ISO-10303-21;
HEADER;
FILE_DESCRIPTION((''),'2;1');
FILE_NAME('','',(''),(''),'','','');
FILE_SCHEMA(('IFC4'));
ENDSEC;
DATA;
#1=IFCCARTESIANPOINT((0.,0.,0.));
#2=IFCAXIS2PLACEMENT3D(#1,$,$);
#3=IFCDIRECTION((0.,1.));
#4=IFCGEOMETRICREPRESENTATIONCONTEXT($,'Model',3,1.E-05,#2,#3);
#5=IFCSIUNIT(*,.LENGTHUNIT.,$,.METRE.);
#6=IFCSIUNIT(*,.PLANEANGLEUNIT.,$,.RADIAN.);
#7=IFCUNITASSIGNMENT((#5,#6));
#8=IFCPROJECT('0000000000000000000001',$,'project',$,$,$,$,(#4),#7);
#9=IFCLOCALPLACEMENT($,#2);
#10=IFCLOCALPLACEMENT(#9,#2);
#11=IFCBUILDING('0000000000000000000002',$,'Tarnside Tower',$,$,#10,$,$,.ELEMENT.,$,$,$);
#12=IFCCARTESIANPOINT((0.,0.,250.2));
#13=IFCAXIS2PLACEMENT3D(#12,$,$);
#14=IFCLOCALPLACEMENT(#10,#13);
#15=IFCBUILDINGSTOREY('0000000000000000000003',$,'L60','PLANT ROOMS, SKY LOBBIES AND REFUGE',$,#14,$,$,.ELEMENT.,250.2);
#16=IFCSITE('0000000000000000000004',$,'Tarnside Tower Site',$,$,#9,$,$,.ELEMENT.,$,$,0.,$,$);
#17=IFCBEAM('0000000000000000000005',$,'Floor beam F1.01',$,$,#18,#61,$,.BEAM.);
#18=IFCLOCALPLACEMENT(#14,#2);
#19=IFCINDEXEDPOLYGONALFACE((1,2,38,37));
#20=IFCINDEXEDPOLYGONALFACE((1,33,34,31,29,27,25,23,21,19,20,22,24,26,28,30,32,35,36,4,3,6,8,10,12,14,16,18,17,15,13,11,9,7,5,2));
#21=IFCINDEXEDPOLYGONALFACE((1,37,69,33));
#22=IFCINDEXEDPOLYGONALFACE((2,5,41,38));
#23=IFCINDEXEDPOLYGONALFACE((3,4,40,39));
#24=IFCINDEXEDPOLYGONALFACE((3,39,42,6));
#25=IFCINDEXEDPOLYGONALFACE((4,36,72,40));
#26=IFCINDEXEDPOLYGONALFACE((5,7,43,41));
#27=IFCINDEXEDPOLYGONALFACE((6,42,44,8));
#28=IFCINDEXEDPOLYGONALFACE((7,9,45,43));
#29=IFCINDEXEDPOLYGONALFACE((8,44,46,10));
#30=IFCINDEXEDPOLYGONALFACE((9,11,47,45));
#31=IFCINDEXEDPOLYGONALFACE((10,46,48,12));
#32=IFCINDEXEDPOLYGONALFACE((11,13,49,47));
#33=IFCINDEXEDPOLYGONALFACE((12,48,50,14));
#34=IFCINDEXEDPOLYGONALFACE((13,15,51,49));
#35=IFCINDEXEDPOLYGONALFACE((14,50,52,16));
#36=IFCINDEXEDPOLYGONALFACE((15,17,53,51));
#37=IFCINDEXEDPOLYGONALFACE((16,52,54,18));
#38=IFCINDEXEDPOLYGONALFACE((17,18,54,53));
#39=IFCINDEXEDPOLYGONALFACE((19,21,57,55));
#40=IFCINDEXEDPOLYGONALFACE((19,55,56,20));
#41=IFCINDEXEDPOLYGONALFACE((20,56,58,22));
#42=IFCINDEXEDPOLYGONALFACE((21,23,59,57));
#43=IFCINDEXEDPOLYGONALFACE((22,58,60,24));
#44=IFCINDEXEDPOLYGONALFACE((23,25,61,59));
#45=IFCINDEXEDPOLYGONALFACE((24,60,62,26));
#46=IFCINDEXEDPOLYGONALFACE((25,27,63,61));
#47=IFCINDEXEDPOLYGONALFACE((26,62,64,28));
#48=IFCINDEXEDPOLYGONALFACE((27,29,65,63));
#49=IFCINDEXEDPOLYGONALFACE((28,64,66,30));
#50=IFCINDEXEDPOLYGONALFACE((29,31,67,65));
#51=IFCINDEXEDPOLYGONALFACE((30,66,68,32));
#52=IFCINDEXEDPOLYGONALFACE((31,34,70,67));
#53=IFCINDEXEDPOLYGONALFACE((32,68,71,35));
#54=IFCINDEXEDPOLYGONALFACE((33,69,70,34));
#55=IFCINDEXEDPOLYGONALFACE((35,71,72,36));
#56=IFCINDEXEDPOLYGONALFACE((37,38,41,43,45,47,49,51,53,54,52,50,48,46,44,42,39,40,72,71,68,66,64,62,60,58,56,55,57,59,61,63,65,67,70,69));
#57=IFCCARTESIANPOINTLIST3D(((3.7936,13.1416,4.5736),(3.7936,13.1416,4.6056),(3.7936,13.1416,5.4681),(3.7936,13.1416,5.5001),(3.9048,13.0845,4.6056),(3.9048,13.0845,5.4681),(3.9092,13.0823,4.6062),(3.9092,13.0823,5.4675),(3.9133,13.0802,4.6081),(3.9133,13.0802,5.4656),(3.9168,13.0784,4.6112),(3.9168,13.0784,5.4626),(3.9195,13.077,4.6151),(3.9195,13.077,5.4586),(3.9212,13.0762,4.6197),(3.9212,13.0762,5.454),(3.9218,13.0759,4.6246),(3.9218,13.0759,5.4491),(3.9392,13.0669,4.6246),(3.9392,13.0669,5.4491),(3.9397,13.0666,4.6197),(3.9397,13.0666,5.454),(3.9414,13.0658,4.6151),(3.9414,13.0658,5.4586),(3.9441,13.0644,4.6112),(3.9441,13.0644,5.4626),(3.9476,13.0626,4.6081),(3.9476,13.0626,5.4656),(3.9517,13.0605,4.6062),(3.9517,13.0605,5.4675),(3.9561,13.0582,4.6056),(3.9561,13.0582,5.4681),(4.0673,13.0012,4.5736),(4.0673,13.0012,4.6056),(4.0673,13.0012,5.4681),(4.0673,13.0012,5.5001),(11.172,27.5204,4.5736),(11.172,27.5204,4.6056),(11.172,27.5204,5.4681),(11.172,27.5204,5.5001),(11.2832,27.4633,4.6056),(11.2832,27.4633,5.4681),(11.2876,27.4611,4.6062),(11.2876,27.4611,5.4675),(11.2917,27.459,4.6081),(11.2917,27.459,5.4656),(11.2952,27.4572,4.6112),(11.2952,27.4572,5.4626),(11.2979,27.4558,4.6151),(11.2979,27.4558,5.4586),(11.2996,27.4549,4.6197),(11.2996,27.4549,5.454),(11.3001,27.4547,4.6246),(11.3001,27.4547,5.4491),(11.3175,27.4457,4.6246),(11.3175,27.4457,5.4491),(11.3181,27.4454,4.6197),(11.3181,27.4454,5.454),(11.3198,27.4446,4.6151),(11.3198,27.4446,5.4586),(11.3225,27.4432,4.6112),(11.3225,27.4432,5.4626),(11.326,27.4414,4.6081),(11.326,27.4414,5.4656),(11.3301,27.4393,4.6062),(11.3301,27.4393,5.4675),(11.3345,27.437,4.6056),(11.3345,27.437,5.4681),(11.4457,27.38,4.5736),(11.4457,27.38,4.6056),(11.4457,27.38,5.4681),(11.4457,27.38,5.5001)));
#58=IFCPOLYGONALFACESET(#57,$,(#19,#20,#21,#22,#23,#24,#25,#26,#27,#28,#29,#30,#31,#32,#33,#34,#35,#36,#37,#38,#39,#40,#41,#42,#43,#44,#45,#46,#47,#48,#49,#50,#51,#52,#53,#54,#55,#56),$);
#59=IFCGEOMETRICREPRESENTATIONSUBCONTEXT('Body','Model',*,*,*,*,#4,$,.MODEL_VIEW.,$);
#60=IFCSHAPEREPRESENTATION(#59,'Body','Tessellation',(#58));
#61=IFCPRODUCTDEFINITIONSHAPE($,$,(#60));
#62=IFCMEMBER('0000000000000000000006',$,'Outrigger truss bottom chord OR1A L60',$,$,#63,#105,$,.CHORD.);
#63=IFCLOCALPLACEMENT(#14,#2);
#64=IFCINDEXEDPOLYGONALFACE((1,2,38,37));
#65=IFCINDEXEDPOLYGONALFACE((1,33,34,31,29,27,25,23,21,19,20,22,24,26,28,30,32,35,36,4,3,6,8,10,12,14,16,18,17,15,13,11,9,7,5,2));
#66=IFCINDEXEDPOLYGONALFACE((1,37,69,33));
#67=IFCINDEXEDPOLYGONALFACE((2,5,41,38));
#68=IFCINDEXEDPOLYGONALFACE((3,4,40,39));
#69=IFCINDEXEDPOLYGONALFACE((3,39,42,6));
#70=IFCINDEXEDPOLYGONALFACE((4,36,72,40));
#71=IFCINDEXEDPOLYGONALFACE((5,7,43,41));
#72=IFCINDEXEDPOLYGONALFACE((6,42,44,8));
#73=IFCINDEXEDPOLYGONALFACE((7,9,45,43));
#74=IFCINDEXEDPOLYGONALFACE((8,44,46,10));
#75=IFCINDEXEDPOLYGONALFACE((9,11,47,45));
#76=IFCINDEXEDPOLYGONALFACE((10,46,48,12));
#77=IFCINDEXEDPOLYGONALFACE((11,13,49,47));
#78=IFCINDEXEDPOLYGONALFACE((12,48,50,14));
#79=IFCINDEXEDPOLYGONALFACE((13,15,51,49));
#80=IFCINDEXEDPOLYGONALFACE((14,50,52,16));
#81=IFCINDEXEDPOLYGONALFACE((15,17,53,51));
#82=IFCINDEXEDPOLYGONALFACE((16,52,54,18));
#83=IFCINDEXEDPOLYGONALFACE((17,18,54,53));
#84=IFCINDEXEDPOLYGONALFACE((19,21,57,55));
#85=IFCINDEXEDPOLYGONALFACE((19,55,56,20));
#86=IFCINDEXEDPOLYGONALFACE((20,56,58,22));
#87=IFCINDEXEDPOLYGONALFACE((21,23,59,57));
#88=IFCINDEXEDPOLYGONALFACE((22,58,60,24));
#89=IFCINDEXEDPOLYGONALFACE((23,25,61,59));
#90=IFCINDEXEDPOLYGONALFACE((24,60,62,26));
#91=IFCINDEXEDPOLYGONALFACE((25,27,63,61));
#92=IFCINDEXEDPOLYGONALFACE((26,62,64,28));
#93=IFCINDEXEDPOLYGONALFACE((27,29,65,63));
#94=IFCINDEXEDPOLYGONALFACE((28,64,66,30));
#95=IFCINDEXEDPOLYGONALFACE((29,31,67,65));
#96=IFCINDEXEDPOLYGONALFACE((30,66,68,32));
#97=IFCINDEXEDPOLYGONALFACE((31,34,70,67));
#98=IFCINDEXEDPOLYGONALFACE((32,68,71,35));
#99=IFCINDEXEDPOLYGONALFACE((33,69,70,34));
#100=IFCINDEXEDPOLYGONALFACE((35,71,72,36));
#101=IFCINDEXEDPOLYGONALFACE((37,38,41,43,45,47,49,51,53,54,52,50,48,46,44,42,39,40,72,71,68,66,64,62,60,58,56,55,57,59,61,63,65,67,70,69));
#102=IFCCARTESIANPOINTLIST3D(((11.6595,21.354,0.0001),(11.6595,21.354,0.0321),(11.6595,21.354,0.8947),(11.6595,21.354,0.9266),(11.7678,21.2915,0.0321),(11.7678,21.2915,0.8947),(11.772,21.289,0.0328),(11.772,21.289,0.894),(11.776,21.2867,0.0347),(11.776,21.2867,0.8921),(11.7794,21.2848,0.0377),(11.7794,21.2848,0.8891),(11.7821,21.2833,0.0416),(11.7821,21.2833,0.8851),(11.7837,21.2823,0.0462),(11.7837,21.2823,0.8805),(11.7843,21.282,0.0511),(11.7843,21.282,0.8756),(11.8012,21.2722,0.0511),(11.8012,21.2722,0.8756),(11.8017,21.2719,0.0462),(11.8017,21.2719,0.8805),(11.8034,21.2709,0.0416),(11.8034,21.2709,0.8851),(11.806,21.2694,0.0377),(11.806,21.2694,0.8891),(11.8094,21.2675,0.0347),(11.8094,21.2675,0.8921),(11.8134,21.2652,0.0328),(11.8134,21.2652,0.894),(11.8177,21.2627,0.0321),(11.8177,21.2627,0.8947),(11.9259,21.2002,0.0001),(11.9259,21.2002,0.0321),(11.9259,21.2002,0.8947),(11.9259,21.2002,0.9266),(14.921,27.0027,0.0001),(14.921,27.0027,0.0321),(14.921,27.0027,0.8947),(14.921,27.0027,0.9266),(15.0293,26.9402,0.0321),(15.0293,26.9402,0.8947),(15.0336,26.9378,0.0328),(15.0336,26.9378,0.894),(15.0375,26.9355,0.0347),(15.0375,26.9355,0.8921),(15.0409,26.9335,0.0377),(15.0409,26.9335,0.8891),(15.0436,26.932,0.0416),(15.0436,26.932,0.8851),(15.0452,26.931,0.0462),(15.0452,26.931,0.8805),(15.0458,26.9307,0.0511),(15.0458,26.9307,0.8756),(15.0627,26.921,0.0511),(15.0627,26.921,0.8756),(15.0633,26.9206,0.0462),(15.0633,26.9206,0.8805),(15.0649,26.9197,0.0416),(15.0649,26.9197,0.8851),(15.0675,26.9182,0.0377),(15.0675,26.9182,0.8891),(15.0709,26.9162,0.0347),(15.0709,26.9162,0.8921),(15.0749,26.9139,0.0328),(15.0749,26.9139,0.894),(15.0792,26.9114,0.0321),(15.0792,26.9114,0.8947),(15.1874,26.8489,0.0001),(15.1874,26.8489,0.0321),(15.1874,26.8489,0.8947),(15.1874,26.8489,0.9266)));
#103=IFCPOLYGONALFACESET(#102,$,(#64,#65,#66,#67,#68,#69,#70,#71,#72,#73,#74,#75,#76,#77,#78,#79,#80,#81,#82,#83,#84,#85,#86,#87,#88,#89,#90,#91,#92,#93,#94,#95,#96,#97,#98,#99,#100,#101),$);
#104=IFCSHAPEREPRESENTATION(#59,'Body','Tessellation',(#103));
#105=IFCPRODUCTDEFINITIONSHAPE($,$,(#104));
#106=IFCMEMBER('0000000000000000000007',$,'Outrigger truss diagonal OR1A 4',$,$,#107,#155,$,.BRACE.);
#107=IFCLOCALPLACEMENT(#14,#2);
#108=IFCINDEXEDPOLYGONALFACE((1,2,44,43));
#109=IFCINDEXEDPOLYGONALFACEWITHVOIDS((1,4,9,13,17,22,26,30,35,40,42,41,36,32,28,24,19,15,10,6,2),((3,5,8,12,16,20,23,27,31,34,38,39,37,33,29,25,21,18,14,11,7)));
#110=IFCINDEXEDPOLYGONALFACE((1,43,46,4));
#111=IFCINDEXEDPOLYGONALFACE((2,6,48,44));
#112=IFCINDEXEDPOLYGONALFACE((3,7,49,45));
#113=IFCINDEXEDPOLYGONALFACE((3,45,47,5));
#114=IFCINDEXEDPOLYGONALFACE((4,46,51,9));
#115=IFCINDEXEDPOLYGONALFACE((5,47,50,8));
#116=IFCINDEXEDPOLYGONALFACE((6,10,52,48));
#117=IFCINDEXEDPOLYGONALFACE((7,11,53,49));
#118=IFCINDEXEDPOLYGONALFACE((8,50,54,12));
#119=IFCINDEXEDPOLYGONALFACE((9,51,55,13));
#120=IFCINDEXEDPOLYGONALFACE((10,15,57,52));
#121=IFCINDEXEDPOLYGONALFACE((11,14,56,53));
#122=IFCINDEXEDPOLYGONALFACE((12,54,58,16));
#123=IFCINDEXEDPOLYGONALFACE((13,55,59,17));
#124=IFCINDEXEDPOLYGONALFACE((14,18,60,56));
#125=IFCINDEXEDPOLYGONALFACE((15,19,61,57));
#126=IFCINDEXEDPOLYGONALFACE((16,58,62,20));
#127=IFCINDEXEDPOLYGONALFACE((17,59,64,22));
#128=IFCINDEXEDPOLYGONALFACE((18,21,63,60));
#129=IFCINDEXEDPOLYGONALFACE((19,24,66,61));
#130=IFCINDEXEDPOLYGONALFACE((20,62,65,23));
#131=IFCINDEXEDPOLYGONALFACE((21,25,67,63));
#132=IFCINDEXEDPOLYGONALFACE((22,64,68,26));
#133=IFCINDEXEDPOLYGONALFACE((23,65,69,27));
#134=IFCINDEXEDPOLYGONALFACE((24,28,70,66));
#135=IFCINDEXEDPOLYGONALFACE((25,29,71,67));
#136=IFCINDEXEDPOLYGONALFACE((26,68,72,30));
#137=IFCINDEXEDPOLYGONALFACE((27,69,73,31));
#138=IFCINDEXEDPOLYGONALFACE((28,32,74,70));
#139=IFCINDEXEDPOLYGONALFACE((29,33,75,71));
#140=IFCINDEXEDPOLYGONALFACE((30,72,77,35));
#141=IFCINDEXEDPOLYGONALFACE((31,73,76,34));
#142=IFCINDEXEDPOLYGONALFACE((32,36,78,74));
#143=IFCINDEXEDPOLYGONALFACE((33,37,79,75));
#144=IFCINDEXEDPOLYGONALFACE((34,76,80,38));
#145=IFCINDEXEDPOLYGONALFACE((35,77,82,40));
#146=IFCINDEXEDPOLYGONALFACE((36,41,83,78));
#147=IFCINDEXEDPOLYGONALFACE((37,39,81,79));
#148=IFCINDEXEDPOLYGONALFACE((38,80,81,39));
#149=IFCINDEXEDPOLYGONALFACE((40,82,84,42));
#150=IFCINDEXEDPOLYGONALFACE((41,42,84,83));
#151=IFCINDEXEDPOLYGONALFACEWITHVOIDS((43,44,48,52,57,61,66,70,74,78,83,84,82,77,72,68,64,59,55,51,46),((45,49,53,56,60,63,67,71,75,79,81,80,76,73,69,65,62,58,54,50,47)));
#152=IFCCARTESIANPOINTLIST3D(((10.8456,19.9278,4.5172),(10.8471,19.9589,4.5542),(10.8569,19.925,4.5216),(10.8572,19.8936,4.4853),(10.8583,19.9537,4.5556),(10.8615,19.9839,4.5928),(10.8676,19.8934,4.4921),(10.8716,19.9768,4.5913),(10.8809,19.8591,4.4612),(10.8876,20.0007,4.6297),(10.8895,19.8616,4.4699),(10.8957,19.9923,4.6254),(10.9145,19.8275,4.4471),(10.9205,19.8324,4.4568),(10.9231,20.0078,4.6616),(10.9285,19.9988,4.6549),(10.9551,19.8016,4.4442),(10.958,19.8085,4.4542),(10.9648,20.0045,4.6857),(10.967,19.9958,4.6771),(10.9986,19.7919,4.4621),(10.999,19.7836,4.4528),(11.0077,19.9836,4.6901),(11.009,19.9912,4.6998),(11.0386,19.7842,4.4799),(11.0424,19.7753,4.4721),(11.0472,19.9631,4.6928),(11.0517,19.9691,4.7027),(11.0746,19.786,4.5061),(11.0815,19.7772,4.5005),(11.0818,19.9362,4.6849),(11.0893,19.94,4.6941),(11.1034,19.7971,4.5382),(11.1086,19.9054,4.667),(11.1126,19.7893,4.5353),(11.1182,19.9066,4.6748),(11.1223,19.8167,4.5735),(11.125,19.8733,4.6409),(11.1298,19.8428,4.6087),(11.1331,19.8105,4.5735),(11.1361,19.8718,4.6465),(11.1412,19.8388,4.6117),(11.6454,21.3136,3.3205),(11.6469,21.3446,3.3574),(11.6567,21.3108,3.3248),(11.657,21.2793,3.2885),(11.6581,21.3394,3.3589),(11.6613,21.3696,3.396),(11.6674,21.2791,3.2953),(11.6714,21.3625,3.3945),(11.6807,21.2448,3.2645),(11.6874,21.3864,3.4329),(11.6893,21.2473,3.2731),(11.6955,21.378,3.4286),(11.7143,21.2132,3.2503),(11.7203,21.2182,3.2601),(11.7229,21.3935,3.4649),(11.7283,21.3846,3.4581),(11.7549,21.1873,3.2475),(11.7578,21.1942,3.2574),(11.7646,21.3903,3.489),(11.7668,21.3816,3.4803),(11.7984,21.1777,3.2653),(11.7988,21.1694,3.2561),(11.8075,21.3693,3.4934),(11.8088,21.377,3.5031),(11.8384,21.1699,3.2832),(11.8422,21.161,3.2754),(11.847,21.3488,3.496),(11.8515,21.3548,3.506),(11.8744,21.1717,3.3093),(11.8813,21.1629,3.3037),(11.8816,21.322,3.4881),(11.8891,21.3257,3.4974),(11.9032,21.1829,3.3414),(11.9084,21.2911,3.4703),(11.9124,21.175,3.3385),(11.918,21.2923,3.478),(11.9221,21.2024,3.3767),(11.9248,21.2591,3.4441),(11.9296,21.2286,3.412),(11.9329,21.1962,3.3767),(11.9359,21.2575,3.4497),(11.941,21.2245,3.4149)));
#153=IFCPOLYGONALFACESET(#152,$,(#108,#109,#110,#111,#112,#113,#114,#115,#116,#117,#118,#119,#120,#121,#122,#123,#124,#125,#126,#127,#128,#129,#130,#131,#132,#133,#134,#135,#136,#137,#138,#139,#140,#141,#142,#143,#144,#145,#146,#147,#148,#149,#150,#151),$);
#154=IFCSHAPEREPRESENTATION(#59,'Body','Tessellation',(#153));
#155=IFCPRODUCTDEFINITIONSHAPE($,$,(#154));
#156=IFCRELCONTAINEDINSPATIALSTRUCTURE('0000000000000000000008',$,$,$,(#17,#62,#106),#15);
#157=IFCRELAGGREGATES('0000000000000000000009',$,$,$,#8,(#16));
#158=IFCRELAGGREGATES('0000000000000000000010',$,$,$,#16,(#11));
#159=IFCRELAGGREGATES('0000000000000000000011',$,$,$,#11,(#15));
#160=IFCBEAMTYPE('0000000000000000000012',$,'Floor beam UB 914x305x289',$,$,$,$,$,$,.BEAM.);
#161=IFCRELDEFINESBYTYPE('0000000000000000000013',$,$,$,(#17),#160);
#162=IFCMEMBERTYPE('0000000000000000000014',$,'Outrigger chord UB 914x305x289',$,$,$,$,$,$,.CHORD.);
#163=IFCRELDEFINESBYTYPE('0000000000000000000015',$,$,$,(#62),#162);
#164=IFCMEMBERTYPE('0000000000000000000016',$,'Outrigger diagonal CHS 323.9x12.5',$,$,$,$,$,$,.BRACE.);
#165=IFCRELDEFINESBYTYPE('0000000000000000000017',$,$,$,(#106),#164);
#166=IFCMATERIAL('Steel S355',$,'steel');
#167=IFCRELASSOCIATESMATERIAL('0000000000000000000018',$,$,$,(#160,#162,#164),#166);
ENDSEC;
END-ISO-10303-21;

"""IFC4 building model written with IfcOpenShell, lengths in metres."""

from ifc_helpers import new_model, si_unit, direction, frame, origin, origin_2d, place, context, subcontext, project, spatial, hollow_circle, i_section, extrude, material, material_profile, profile_set, type_object, element, save


model = new_model("IFC4")

# Units and contexts
model_context = context("Model", 3, precision=1e-05, world=origin(), true_north=direction((0.0, 1.0)))
body_context = subcontext(model_context, "Body", "Model", "MODEL_VIEW")
ifc_project = project(units=[si_unit("LENGTHUNIT", "METRE"), si_unit("PLANEANGLEUNIT", "RADIAN")], contexts=[model_context])

# Site, building, storey
site_placement = place(None, origin())
site = spatial("IfcSite", under=ifc_project, at=site_placement, Name="Tarnside Tower Site", CompositionType="ELEMENT", RefElevation=0.0)
building_placement = place(site_placement, origin())
building = spatial("IfcBuilding", under=site, at=building_placement, Name="Tarnside Tower", CompositionType="ELEMENT")
storey_placement = place(building_placement, frame((0.0, 0.0, 250.2)))
storey = spatial("IfcBuildingStorey", under=building, at=storey_placement, Name="L60", Description="PLANT ROOMS, SKY LOBBIES AND REFUGE", CompositionType="ELEMENT", Elevation=250.2)

# Beam
ifc_material_1 = material(Name="Steel S355", Category="steel")
ifc_material_profile_1 = material_profile(ifc_material_1, i_section(OverallWidth=0.3076, OverallDepth=0.9265, WebThickness=0.0195, FlangeThickness=0.032, FilletRadius=0.019, at=origin_2d()), Name="UB 914x305x289")
ifc_profile_set_1 = profile_set([ifc_material_profile_1], Name="Steel S355")
beam_type = type_object("IfcBeamType", Name="Floor beam UB 914x305x289", PredefinedType="BEAM", material=ifc_profile_set_1)
beam_placement = place(storey_placement, frame((11.3088, 27.4502, 5.0369), z_axis=(-0.456543, -0.889701, 0.0), x_axis=(0.889701, -0.456543, 0.0)))
element("IfcBeam", 1, at=beam_placement, inside=storey, type_object=beam_type, Name="Floor beam F1.01", PredefinedType="BEAM", context=body_context, shape_type="SweptSolid", body=[
    extrude(i_section(OverallWidth=0.3076, OverallDepth=0.9265, WebThickness=0.0195, FlangeThickness=0.032, FilletRadius=0.019, at=origin_2d()), origin(), (0.0, 0.0, 1.0), 16.1614),
])

# Members
ifc_material_profile_2 = material_profile(ifc_material_1, i_section(OverallWidth=0.3076, OverallDepth=0.9265, WebThickness=0.0195, FlangeThickness=0.032, FilletRadius=0.019, at=origin_2d()), Name="UB 914x305x289")
ifc_profile_set_2 = profile_set([ifc_material_profile_2], Name="Steel S355")
member_type_1 = type_object("IfcMemberType", Name="Outrigger chord UB 914x305x289", PredefinedType="CHORD", material=ifc_profile_set_2)
member_1_placement = place(storey_placement, frame((11.7927, 21.2771, 0.4634), z_axis=(0.500024, 0.866012, 0.0), x_axis=(-0.866012, 0.500024, 0.0)))
element("IfcMember", 2, at=member_1_placement, inside=storey, type_object=member_type_1, Name="Outrigger truss bottom chord OR1A L60", PredefinedType="CHORD", context=body_context, shape_type="SweptSolid", body=[
    extrude(i_section(OverallWidth=0.3076, OverallDepth=0.9265, WebThickness=0.0195, FlangeThickness=0.032, FilletRadius=0.019, at=origin_2d()), origin(), (0.0, 0.0, 1.0), 6.5227),
])
ifc_material_profile_3 = material_profile(ifc_material_1, hollow_circle(Radius=0.1619, WallThickness=0.0125, at=origin_2d()), Name="CHS 323.9x12.5")
ifc_profile_set_3 = profile_set([ifc_material_profile_3], Name="Steel S355")
member_type_2 = type_object("IfcMemberType", Name="Outrigger diagonal CHS 323.9x12.5", PredefinedType="BRACE", material=ifc_profile_set_3)
member_2_placement = place(storey_placement, frame((11.7927, 21.2771, 3.3767), z_axis=(-0.400291, -0.693544, 0.59897), x_axis=(0.866094, -0.499881, 0.0)))
element("IfcMember", 3, at=member_2_placement, inside=storey, type_object=member_type_2, Name="Outrigger truss diagonal OR1A 4", PredefinedType="BRACE", context=body_context, shape_type="SweptSolid", body=[
    extrude(hollow_circle(Radius=0.1619, WallThickness=0.0125, at=origin_2d()), origin(), (0.0, 0.0, 1.0), 1.998),
])

save(model, "model.ifc")
